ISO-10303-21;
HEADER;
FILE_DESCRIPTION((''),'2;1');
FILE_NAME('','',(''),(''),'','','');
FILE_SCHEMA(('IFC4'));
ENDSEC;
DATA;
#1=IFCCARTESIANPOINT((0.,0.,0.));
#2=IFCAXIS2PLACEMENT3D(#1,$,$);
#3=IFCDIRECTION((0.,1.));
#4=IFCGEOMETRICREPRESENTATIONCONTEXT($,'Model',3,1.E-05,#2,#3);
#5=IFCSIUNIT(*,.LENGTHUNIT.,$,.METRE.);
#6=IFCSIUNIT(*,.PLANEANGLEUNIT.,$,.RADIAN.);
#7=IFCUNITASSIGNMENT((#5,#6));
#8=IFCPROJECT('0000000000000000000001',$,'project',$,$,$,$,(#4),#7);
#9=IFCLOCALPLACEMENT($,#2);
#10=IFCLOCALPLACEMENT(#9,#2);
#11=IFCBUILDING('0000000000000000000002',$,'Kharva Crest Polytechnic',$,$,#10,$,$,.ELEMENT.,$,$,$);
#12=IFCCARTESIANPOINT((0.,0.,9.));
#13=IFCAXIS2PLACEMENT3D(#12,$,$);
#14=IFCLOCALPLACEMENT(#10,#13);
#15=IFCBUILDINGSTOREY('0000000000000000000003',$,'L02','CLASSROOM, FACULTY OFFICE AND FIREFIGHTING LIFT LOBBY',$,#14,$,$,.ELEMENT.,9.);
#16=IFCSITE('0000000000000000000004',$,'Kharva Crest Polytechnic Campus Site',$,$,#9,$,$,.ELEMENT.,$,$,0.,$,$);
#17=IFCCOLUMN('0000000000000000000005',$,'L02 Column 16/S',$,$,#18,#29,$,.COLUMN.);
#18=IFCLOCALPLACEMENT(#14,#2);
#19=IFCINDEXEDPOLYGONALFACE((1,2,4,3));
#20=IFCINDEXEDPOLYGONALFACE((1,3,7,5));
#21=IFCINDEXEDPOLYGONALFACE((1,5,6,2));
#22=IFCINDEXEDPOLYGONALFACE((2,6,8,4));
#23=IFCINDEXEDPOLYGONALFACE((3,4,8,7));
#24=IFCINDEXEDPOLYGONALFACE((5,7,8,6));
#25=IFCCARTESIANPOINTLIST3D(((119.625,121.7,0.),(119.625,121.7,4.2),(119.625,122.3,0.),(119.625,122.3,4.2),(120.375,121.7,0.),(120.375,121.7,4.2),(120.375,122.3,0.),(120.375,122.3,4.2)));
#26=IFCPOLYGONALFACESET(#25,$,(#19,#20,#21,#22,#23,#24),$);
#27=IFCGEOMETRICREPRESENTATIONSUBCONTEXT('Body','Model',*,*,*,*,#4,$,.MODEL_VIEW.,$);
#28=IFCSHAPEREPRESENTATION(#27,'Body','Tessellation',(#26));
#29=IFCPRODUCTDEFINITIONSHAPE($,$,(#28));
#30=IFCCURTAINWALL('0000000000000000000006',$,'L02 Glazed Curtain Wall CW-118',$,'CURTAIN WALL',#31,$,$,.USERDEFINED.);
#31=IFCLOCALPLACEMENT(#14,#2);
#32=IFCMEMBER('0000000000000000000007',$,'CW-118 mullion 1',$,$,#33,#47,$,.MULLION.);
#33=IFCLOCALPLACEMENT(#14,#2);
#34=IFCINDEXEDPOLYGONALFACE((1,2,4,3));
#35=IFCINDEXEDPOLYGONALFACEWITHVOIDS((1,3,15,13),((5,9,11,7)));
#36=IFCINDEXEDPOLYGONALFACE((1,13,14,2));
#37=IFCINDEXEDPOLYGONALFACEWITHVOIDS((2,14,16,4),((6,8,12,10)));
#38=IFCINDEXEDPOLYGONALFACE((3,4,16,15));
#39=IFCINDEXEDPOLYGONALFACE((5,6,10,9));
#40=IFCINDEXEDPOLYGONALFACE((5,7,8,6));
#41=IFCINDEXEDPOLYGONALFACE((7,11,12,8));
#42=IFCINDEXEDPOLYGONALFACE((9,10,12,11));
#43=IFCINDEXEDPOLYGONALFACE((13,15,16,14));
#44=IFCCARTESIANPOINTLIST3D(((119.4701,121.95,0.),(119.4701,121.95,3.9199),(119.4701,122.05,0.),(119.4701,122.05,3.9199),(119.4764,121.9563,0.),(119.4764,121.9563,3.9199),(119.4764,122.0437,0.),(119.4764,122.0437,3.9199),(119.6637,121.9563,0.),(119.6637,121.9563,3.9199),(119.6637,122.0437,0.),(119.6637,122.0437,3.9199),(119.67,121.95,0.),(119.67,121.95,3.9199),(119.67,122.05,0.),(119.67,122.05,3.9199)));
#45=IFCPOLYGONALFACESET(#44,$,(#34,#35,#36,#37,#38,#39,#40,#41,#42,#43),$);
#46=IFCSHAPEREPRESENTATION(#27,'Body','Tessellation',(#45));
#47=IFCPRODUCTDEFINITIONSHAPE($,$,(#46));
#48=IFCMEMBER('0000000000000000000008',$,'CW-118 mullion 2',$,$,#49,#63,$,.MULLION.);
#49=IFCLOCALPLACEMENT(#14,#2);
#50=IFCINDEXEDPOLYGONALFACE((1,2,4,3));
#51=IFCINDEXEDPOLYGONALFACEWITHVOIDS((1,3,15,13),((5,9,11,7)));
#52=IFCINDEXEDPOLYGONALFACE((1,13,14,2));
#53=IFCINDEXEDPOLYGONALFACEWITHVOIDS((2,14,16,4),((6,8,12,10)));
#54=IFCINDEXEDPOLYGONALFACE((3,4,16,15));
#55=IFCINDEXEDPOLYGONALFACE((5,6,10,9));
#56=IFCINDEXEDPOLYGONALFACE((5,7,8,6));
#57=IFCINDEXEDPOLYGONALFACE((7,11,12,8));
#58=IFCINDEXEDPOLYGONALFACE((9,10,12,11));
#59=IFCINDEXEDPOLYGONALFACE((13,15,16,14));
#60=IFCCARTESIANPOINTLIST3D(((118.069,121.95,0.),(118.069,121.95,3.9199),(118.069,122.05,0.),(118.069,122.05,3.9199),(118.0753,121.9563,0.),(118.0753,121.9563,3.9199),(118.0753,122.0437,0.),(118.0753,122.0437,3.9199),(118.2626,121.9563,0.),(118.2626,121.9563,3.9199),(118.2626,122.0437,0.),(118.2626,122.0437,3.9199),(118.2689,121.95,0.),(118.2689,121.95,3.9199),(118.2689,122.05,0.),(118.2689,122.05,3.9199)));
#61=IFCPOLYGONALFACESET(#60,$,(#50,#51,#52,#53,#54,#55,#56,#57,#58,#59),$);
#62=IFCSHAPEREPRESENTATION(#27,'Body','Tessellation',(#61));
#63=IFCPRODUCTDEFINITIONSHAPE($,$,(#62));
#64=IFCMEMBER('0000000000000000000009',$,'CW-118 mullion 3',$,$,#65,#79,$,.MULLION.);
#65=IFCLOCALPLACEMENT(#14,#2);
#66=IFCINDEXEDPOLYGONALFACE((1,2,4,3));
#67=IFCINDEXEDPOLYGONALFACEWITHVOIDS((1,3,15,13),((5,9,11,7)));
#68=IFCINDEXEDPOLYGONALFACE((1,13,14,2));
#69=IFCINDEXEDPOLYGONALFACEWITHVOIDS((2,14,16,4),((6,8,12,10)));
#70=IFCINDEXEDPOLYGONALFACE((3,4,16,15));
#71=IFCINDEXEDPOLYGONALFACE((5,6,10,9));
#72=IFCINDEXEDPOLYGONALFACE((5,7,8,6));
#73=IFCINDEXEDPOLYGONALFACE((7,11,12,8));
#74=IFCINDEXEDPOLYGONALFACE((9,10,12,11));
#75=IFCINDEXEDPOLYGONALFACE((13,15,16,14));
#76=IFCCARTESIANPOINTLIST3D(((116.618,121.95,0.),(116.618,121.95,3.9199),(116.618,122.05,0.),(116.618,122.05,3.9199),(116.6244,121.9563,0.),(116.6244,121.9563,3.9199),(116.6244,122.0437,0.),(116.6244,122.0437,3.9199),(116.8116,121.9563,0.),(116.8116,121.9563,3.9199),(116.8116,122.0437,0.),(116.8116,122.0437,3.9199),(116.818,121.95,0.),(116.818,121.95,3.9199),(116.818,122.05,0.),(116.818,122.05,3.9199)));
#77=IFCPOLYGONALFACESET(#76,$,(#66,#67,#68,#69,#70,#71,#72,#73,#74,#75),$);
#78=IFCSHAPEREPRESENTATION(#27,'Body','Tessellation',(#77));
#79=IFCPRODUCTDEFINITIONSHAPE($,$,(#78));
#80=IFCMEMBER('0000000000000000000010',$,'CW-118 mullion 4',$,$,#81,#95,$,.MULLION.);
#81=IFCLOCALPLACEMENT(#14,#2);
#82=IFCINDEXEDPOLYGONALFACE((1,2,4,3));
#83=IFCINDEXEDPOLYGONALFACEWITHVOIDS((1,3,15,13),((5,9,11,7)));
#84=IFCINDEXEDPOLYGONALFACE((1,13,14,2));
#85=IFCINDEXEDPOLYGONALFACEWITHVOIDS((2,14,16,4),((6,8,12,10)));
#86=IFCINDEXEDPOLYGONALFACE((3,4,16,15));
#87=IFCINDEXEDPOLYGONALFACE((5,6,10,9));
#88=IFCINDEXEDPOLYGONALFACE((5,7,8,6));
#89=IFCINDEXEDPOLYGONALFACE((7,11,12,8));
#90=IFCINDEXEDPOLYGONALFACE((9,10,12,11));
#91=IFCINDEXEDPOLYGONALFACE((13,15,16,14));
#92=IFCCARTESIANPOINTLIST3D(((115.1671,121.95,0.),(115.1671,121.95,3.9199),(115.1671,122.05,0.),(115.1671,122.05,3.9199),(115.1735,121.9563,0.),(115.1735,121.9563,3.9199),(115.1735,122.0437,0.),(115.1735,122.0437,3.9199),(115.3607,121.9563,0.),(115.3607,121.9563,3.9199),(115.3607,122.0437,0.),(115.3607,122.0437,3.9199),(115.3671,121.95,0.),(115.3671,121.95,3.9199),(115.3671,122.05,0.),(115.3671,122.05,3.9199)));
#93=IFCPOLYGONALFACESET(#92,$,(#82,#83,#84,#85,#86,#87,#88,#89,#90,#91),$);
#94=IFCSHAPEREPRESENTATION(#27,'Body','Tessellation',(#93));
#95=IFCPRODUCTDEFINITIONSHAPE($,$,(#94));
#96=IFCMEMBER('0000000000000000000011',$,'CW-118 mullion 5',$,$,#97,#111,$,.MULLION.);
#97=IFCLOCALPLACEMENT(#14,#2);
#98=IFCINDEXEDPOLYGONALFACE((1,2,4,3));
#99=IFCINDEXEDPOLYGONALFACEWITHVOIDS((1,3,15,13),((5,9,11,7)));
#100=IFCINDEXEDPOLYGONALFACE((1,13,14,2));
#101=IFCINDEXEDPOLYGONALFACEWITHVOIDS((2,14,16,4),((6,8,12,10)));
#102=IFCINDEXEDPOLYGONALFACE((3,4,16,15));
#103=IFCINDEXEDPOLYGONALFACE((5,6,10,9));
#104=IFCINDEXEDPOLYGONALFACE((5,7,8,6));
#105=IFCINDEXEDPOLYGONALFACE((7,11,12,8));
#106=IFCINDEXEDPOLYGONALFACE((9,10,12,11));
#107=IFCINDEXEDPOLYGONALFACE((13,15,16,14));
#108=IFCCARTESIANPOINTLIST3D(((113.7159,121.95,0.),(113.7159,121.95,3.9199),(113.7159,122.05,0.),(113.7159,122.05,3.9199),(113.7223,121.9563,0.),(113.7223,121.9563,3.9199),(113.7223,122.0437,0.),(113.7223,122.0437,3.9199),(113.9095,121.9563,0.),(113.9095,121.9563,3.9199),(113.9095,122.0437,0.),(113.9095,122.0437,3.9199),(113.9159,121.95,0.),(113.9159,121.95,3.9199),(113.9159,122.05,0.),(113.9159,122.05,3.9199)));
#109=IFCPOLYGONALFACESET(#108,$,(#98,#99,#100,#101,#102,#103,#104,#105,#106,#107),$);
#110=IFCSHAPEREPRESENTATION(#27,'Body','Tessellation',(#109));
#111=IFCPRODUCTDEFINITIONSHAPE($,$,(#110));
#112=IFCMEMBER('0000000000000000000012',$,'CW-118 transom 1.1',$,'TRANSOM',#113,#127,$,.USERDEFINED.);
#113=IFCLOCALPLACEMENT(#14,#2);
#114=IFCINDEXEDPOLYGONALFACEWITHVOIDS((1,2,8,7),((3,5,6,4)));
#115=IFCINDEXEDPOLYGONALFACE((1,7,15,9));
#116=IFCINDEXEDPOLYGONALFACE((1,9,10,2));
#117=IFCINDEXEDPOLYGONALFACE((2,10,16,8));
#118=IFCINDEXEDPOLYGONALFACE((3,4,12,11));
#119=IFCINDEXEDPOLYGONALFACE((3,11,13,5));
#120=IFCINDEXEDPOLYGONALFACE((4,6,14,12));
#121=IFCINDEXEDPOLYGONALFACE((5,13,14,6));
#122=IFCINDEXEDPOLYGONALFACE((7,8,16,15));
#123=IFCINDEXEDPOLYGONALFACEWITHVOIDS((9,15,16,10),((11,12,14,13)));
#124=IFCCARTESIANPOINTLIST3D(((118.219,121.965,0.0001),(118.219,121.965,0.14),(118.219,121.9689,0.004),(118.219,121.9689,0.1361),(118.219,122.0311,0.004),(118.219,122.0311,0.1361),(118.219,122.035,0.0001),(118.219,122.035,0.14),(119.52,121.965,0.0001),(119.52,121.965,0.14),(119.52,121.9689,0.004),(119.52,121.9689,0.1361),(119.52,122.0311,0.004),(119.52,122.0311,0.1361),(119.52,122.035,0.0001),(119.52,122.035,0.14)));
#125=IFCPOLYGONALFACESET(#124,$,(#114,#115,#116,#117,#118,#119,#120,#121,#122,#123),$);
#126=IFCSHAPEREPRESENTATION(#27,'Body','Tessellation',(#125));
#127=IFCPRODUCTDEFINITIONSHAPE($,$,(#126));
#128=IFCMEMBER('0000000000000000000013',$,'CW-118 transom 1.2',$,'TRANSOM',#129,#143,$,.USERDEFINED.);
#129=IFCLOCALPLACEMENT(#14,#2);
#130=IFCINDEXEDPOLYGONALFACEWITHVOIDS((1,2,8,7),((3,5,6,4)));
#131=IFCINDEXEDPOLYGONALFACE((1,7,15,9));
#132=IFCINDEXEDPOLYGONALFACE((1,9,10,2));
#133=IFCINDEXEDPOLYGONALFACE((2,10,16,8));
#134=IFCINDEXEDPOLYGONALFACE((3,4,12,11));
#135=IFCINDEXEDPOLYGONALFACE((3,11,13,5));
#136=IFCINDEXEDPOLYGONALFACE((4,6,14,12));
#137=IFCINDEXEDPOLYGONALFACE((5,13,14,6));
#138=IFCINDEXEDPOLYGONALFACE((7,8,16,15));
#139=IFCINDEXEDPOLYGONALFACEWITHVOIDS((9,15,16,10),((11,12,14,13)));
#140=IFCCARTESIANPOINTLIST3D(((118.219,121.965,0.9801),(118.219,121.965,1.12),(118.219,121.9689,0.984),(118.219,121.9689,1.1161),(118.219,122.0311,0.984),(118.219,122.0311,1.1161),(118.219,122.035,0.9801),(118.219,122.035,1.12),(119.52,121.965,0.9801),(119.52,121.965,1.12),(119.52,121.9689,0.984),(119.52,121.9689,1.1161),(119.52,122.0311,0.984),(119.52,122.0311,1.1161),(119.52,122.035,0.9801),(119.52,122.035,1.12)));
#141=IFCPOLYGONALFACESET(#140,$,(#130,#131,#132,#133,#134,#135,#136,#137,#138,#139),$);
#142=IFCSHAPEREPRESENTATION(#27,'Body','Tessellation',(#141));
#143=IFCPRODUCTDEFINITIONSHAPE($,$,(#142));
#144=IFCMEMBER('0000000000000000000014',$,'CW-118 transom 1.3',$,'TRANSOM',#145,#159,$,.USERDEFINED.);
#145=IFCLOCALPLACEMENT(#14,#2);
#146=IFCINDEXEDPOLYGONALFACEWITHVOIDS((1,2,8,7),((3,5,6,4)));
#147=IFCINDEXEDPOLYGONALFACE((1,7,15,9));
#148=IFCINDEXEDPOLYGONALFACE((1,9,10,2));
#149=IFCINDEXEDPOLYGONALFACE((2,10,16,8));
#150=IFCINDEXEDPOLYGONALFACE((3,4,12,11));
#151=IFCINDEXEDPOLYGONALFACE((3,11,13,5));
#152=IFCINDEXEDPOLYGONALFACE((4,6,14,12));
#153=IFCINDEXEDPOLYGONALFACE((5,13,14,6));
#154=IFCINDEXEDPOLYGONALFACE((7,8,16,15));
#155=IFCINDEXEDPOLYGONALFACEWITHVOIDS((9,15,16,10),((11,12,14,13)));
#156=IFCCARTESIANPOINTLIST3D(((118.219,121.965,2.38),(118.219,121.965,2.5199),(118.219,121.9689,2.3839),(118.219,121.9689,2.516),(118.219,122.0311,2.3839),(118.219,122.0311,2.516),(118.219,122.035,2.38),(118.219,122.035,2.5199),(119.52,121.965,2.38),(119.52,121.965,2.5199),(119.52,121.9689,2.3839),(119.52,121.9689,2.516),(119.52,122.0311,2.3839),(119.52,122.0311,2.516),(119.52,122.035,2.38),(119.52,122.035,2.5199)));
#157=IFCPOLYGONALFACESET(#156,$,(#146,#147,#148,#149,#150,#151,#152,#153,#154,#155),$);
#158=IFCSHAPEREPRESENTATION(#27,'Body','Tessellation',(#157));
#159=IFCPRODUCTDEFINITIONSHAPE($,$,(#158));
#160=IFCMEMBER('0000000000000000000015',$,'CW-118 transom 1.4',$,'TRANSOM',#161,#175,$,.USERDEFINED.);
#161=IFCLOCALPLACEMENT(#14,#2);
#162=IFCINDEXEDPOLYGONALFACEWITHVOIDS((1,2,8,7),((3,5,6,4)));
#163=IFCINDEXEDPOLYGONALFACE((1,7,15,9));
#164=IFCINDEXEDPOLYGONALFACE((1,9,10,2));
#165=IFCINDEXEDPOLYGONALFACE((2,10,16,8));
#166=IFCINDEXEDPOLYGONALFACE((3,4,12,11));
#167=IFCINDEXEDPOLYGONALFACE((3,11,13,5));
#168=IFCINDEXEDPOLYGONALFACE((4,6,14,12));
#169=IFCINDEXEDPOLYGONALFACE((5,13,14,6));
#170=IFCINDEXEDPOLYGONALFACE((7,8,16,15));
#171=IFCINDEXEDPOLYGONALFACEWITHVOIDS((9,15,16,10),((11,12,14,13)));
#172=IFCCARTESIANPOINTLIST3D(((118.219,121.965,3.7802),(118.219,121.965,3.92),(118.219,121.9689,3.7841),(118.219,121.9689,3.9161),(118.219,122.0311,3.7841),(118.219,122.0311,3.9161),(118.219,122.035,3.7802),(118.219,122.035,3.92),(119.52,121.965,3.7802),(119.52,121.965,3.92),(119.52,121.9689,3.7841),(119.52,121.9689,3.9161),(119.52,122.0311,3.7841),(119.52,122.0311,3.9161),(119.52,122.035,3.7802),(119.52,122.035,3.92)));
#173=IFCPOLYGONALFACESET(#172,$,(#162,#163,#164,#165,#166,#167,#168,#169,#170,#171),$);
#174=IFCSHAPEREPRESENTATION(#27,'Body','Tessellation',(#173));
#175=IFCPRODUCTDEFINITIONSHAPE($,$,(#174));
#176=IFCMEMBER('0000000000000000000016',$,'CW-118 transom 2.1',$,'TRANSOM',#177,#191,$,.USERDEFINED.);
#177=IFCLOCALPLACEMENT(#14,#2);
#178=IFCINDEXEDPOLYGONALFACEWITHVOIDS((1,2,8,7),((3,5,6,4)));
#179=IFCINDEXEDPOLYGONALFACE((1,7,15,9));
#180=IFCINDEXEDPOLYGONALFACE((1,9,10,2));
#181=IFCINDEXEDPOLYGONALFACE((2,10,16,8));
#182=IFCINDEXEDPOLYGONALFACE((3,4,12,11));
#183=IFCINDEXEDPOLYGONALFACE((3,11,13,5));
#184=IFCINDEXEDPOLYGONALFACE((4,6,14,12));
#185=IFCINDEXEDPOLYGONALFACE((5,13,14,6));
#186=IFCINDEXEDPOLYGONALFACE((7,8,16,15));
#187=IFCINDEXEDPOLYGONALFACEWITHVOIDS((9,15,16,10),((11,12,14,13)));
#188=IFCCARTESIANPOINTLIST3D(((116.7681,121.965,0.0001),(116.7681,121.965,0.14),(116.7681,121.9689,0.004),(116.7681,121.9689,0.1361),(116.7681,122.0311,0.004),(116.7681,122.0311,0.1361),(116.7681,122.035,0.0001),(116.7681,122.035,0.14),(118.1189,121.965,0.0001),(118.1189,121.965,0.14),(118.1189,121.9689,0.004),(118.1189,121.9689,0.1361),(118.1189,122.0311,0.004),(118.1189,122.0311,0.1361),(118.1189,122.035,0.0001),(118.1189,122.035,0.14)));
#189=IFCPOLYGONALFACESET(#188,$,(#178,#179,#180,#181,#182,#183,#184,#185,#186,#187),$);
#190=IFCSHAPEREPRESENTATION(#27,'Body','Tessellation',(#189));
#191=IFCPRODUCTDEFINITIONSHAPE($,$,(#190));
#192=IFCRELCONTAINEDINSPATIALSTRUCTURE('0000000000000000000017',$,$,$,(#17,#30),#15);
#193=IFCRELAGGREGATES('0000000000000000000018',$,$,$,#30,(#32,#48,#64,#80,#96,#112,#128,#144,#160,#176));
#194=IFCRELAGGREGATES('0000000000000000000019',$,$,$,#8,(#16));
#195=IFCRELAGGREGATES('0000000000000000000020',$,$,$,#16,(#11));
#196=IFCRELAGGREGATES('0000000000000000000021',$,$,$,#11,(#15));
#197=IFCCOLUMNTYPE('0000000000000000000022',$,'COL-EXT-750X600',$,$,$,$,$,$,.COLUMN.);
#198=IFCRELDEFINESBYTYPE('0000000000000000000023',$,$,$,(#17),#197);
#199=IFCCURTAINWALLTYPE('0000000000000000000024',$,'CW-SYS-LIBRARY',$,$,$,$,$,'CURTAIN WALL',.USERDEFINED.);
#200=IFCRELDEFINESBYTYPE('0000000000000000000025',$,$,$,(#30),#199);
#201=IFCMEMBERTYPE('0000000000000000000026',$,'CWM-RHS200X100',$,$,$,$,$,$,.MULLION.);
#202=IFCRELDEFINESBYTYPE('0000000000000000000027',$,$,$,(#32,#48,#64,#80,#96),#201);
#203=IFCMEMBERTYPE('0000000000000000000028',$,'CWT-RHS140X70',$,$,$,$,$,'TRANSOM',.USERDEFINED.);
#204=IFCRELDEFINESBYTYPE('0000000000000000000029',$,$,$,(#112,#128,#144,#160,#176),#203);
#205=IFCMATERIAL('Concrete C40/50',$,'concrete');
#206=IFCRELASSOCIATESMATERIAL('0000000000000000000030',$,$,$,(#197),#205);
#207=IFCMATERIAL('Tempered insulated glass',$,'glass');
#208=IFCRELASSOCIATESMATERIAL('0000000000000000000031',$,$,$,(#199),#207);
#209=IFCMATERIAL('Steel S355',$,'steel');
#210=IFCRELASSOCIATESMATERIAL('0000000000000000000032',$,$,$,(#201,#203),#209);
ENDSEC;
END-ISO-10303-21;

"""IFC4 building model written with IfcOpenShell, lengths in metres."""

from ifc_helpers import new_model, si_unit, direction, frame, origin, origin_2d, place, context, subcontext, project, spatial, rectangle, hollow_rectangle, extrude, material, material_profile, profile_set, type_object, element, aggregate, save


model = new_model("IFC4")

# Units and contexts
model_context = context("Model", 3, precision=1e-05, world=origin(), true_north=direction((0.0, 1.0)))
body_context = subcontext(model_context, "Body", "Model", "MODEL_VIEW")
ifc_project = project(units=[si_unit("LENGTHUNIT", "METRE"), si_unit("PLANEANGLEUNIT", "RADIAN")], contexts=[model_context])

# Site, building, storey
site_placement = place(None, origin())
site = spatial("IfcSite", under=ifc_project, at=site_placement, Name="Kharva Crest Polytechnic Campus Site", CompositionType="ELEMENT", RefElevation=0.0)
building_placement = place(site_placement, origin())
building = spatial("IfcBuilding", under=site, at=building_placement, Name="Kharva Crest Polytechnic", CompositionType="ELEMENT")
storey_placement = place(building_placement, frame((0.0, 0.0, 9.0)))
storey = spatial("IfcBuildingStorey", under=building, at=storey_placement, Name="L02", Description="CLASSROOM, FACULTY OFFICE AND FIREFIGHTING LIFT LOBBY", CompositionType="ELEMENT", Elevation=9.0)

# Column
ifc_material_1 = material(Name="Concrete C40/50", Category="concrete")
ifc_material_profile_1 = material_profile(ifc_material_1, rectangle(XDim=0.75, YDim=0.6001, at=origin_2d()), Name="RECT 750 X 600")
ifc_profile_set_1 = profile_set([ifc_material_profile_1], Name="Concrete C40/50")
column_type = type_object("IfcColumnType", Name="COL-EXT-750X600", PredefinedType="COLUMN", material=ifc_profile_set_1)
column_placement = place(storey_placement, frame((120.0, 122.0, 0.0), z_axis=(0.0, 0.0, 1.0), x_axis=(1.0, 0.0, 0.0)))
element("IfcColumn", 1, at=column_placement, inside=storey, type_object=column_type, Name="L02 Column 16/S", PredefinedType="COLUMN", context=body_context, shape_type="SweptSolid", body=[
    extrude(rectangle(XDim=0.75, YDim=0.6001, at=origin_2d()), origin(), (0.0, 0.0, 1.0), 4.2),
])

# Curtain wall, members
ifc_material_2 = material(Name="Tempered insulated glass", Category="glass")
curtain_wall_type = type_object("IfcCurtainWallType", Name="CW-SYS-LIBRARY", ElementType="CURTAIN WALL", PredefinedType="USERDEFINED", material=ifc_material_2)
curtain_wall_placement = place(storey_placement, origin())
curtain_wall = element("IfcCurtainWall", 2, at=curtain_wall_placement, inside=storey, type_object=curtain_wall_type, Name="L02 Glazed Curtain Wall CW-118", ObjectType="CURTAIN WALL", PredefinedType="USERDEFINED")
ifc_material_3 = material(Name="Steel S355", Category="steel")
ifc_material_profile_2 = material_profile(ifc_material_3, hollow_rectangle(XDim=0.1001, YDim=0.2, WallThickness=0.0063, at=origin_2d()), Name="RHS 200X100X6.3")
ifc_profile_set_2 = profile_set([ifc_material_profile_2], Name="Steel S355")
member_type_1 = type_object("IfcMemberType", Name="CWM-RHS200X100", PredefinedType="MULLION", material=ifc_profile_set_2)
member_1_placement = place(storey_placement, frame((119.5701, 122.0, 0.0), z_axis=(0.0, 0.0, 1.0), x_axis=(0.0, -1.0, 0.0)))
member_1 = element("IfcMember", 3, at=member_1_placement, type_object=member_type_1, Name="CW-118 mullion 1", PredefinedType="MULLION", context=body_context, shape_type="SweptSolid", body=[
    extrude(hollow_rectangle(XDim=0.1001, YDim=0.2, WallThickness=0.0063, at=origin_2d()), origin(), (0.0, 0.0, 1.0), 3.9199),
])
member_2_placement = place(storey_placement, frame((118.1689, 122.0, 0.0), z_axis=(0.0, 0.0, 1.0), x_axis=(0.0, -1.0, 0.0)))
member_2 = element("IfcMember", 4, at=member_2_placement, type_object=member_type_1, Name="CW-118 mullion 2", PredefinedType="MULLION", context=body_context, shape_type="SweptSolid", body=[
    extrude(hollow_rectangle(XDim=0.1001, YDim=0.2, WallThickness=0.0063, at=origin_2d()), origin(), (0.0, 0.0, 1.0), 3.9199),
])
member_3_placement = place(storey_placement, frame((116.718, 122.0, 0.0), z_axis=(0.0, 0.0, 1.0), x_axis=(0.0, -1.0, 0.0)))
member_3 = element("IfcMember", 5, at=member_3_placement, type_object=member_type_1, Name="CW-118 mullion 3", PredefinedType="MULLION", context=body_context, shape_type="SweptSolid", body=[
    extrude(hollow_rectangle(XDim=0.1001, YDim=0.2, WallThickness=0.0063, at=origin_2d()), origin(), (0.0, 0.0, 1.0), 3.9199),
])
member_4_placement = place(storey_placement, frame((115.2671, 122.0, 0.0), z_axis=(0.0, 0.0, 1.0), x_axis=(0.0, -1.0, 0.0)))
member_4 = element("IfcMember", 6, at=member_4_placement, type_object=member_type_1, Name="CW-118 mullion 4", PredefinedType="MULLION", context=body_context, shape_type="SweptSolid", body=[
    extrude(hollow_rectangle(XDim=0.1001, YDim=0.2, WallThickness=0.0063, at=origin_2d()), origin(), (0.0, 0.0, 1.0), 3.9199),
])
member_5_placement = place(storey_placement, frame((113.8159, 122.0, 0.0), z_axis=(0.0, 0.0, 1.0), x_axis=(0.0, -1.0, 0.0)))
member_5 = element("IfcMember", 7, at=member_5_placement, type_object=member_type_1, Name="CW-118 mullion 5", PredefinedType="MULLION", context=body_context, shape_type="SweptSolid", body=[
    extrude(hollow_rectangle(XDim=0.1001, YDim=0.2, WallThickness=0.0063, at=origin_2d()), origin(), (0.0, 0.0, 1.0), 3.9199),
])
ifc_material_profile_3 = material_profile(ifc_material_3, hollow_rectangle(XDim=0.0701, YDim=0.1399, WallThickness=0.0039, at=origin_2d()), Name="RHS 140X70X4.0")
ifc_profile_set_3 = profile_set([ifc_material_profile_3], Name="Steel S355")
member_type_2 = type_object("IfcMemberType", Name="CWT-RHS140X70", ElementType="TRANSOM", PredefinedType="USERDEFINED", material=ifc_profile_set_3)
member_6_placement = place(storey_placement, frame((119.52, 122.0, 0.0701), z_axis=(-1.0, 0.0, 0.0), x_axis=(0.0, -1.0, 0.0)))
member_6 = element("IfcMember", 8, at=member_6_placement, type_object=member_type_2, Name="CW-118 transom 1.1", ObjectType="TRANSOM", PredefinedType="USERDEFINED", context=body_context, shape_type="SweptSolid", body=[
    extrude(hollow_rectangle(XDim=0.0701, YDim=0.1399, WallThickness=0.0039, at=origin_2d()), origin(), (0.0, 0.0, 1.0), 1.301),
])
member_7_placement = place(storey_placement, frame((119.52, 122.0, 1.05), z_axis=(-1.0, 0.0, 0.0), x_axis=(0.0, -1.0, 0.0)))
member_7 = element("IfcMember", 9, at=member_7_placement, type_object=member_type_2, Name="CW-118 transom 1.2", ObjectType="TRANSOM", PredefinedType="USERDEFINED", context=body_context, shape_type="SweptSolid", body=[
    extrude(hollow_rectangle(XDim=0.0701, YDim=0.1399, WallThickness=0.0039, at=origin_2d()), origin(), (0.0, 0.0, 1.0), 1.301),
])
member_8_placement = place(storey_placement, frame((119.52, 122.0, 2.45), z_axis=(-1.0, 0.0, 0.0), x_axis=(0.0, -1.0, 0.0)))
member_8 = element("IfcMember", 10, at=member_8_placement, type_object=member_type_2, Name="CW-118 transom 1.3", ObjectType="TRANSOM", PredefinedType="USERDEFINED", context=body_context, shape_type="SweptSolid", body=[
    extrude(hollow_rectangle(XDim=0.0701, YDim=0.1399, WallThickness=0.0039, at=origin_2d()), origin(), (0.0, 0.0, 1.0), 1.301),
])
member_9_placement = place(storey_placement, frame((119.52, 122.0, 3.8501), z_axis=(-1.0, 0.0, 0.0), x_axis=(0.0, -1.0, 0.0)))
member_9 = element("IfcMember", 11, at=member_9_placement, type_object=member_type_2, Name="CW-118 transom 1.4", ObjectType="TRANSOM", PredefinedType="USERDEFINED", context=body_context, shape_type="SweptSolid", body=[
    extrude(hollow_rectangle(XDim=0.0701, YDim=0.1399, WallThickness=0.0039, at=origin_2d()), origin(), (0.0, 0.0, 1.0), 1.301),
])
member_10_placement = place(storey_placement, frame((118.1189, 122.0, 0.0701), z_axis=(-1.0, 0.0, 0.0), x_axis=(0.0, -1.0, 0.0)))
member_10 = element("IfcMember", 12, at=member_10_placement, type_object=member_type_2, Name="CW-118 transom 2.1", ObjectType="TRANSOM", PredefinedType="USERDEFINED", context=body_context, shape_type="SweptSolid", body=[
    extrude(hollow_rectangle(XDim=0.0701, YDim=0.1399, WallThickness=0.0039, at=origin_2d()), origin(), (0.0, 0.0, 1.0), 1.3508),
])

aggregate(curtain_wall, [member_1, member_2, member_3, member_4, member_5, member_6, member_7, member_8, member_9, member_10])

save(model, "model.ifc")
